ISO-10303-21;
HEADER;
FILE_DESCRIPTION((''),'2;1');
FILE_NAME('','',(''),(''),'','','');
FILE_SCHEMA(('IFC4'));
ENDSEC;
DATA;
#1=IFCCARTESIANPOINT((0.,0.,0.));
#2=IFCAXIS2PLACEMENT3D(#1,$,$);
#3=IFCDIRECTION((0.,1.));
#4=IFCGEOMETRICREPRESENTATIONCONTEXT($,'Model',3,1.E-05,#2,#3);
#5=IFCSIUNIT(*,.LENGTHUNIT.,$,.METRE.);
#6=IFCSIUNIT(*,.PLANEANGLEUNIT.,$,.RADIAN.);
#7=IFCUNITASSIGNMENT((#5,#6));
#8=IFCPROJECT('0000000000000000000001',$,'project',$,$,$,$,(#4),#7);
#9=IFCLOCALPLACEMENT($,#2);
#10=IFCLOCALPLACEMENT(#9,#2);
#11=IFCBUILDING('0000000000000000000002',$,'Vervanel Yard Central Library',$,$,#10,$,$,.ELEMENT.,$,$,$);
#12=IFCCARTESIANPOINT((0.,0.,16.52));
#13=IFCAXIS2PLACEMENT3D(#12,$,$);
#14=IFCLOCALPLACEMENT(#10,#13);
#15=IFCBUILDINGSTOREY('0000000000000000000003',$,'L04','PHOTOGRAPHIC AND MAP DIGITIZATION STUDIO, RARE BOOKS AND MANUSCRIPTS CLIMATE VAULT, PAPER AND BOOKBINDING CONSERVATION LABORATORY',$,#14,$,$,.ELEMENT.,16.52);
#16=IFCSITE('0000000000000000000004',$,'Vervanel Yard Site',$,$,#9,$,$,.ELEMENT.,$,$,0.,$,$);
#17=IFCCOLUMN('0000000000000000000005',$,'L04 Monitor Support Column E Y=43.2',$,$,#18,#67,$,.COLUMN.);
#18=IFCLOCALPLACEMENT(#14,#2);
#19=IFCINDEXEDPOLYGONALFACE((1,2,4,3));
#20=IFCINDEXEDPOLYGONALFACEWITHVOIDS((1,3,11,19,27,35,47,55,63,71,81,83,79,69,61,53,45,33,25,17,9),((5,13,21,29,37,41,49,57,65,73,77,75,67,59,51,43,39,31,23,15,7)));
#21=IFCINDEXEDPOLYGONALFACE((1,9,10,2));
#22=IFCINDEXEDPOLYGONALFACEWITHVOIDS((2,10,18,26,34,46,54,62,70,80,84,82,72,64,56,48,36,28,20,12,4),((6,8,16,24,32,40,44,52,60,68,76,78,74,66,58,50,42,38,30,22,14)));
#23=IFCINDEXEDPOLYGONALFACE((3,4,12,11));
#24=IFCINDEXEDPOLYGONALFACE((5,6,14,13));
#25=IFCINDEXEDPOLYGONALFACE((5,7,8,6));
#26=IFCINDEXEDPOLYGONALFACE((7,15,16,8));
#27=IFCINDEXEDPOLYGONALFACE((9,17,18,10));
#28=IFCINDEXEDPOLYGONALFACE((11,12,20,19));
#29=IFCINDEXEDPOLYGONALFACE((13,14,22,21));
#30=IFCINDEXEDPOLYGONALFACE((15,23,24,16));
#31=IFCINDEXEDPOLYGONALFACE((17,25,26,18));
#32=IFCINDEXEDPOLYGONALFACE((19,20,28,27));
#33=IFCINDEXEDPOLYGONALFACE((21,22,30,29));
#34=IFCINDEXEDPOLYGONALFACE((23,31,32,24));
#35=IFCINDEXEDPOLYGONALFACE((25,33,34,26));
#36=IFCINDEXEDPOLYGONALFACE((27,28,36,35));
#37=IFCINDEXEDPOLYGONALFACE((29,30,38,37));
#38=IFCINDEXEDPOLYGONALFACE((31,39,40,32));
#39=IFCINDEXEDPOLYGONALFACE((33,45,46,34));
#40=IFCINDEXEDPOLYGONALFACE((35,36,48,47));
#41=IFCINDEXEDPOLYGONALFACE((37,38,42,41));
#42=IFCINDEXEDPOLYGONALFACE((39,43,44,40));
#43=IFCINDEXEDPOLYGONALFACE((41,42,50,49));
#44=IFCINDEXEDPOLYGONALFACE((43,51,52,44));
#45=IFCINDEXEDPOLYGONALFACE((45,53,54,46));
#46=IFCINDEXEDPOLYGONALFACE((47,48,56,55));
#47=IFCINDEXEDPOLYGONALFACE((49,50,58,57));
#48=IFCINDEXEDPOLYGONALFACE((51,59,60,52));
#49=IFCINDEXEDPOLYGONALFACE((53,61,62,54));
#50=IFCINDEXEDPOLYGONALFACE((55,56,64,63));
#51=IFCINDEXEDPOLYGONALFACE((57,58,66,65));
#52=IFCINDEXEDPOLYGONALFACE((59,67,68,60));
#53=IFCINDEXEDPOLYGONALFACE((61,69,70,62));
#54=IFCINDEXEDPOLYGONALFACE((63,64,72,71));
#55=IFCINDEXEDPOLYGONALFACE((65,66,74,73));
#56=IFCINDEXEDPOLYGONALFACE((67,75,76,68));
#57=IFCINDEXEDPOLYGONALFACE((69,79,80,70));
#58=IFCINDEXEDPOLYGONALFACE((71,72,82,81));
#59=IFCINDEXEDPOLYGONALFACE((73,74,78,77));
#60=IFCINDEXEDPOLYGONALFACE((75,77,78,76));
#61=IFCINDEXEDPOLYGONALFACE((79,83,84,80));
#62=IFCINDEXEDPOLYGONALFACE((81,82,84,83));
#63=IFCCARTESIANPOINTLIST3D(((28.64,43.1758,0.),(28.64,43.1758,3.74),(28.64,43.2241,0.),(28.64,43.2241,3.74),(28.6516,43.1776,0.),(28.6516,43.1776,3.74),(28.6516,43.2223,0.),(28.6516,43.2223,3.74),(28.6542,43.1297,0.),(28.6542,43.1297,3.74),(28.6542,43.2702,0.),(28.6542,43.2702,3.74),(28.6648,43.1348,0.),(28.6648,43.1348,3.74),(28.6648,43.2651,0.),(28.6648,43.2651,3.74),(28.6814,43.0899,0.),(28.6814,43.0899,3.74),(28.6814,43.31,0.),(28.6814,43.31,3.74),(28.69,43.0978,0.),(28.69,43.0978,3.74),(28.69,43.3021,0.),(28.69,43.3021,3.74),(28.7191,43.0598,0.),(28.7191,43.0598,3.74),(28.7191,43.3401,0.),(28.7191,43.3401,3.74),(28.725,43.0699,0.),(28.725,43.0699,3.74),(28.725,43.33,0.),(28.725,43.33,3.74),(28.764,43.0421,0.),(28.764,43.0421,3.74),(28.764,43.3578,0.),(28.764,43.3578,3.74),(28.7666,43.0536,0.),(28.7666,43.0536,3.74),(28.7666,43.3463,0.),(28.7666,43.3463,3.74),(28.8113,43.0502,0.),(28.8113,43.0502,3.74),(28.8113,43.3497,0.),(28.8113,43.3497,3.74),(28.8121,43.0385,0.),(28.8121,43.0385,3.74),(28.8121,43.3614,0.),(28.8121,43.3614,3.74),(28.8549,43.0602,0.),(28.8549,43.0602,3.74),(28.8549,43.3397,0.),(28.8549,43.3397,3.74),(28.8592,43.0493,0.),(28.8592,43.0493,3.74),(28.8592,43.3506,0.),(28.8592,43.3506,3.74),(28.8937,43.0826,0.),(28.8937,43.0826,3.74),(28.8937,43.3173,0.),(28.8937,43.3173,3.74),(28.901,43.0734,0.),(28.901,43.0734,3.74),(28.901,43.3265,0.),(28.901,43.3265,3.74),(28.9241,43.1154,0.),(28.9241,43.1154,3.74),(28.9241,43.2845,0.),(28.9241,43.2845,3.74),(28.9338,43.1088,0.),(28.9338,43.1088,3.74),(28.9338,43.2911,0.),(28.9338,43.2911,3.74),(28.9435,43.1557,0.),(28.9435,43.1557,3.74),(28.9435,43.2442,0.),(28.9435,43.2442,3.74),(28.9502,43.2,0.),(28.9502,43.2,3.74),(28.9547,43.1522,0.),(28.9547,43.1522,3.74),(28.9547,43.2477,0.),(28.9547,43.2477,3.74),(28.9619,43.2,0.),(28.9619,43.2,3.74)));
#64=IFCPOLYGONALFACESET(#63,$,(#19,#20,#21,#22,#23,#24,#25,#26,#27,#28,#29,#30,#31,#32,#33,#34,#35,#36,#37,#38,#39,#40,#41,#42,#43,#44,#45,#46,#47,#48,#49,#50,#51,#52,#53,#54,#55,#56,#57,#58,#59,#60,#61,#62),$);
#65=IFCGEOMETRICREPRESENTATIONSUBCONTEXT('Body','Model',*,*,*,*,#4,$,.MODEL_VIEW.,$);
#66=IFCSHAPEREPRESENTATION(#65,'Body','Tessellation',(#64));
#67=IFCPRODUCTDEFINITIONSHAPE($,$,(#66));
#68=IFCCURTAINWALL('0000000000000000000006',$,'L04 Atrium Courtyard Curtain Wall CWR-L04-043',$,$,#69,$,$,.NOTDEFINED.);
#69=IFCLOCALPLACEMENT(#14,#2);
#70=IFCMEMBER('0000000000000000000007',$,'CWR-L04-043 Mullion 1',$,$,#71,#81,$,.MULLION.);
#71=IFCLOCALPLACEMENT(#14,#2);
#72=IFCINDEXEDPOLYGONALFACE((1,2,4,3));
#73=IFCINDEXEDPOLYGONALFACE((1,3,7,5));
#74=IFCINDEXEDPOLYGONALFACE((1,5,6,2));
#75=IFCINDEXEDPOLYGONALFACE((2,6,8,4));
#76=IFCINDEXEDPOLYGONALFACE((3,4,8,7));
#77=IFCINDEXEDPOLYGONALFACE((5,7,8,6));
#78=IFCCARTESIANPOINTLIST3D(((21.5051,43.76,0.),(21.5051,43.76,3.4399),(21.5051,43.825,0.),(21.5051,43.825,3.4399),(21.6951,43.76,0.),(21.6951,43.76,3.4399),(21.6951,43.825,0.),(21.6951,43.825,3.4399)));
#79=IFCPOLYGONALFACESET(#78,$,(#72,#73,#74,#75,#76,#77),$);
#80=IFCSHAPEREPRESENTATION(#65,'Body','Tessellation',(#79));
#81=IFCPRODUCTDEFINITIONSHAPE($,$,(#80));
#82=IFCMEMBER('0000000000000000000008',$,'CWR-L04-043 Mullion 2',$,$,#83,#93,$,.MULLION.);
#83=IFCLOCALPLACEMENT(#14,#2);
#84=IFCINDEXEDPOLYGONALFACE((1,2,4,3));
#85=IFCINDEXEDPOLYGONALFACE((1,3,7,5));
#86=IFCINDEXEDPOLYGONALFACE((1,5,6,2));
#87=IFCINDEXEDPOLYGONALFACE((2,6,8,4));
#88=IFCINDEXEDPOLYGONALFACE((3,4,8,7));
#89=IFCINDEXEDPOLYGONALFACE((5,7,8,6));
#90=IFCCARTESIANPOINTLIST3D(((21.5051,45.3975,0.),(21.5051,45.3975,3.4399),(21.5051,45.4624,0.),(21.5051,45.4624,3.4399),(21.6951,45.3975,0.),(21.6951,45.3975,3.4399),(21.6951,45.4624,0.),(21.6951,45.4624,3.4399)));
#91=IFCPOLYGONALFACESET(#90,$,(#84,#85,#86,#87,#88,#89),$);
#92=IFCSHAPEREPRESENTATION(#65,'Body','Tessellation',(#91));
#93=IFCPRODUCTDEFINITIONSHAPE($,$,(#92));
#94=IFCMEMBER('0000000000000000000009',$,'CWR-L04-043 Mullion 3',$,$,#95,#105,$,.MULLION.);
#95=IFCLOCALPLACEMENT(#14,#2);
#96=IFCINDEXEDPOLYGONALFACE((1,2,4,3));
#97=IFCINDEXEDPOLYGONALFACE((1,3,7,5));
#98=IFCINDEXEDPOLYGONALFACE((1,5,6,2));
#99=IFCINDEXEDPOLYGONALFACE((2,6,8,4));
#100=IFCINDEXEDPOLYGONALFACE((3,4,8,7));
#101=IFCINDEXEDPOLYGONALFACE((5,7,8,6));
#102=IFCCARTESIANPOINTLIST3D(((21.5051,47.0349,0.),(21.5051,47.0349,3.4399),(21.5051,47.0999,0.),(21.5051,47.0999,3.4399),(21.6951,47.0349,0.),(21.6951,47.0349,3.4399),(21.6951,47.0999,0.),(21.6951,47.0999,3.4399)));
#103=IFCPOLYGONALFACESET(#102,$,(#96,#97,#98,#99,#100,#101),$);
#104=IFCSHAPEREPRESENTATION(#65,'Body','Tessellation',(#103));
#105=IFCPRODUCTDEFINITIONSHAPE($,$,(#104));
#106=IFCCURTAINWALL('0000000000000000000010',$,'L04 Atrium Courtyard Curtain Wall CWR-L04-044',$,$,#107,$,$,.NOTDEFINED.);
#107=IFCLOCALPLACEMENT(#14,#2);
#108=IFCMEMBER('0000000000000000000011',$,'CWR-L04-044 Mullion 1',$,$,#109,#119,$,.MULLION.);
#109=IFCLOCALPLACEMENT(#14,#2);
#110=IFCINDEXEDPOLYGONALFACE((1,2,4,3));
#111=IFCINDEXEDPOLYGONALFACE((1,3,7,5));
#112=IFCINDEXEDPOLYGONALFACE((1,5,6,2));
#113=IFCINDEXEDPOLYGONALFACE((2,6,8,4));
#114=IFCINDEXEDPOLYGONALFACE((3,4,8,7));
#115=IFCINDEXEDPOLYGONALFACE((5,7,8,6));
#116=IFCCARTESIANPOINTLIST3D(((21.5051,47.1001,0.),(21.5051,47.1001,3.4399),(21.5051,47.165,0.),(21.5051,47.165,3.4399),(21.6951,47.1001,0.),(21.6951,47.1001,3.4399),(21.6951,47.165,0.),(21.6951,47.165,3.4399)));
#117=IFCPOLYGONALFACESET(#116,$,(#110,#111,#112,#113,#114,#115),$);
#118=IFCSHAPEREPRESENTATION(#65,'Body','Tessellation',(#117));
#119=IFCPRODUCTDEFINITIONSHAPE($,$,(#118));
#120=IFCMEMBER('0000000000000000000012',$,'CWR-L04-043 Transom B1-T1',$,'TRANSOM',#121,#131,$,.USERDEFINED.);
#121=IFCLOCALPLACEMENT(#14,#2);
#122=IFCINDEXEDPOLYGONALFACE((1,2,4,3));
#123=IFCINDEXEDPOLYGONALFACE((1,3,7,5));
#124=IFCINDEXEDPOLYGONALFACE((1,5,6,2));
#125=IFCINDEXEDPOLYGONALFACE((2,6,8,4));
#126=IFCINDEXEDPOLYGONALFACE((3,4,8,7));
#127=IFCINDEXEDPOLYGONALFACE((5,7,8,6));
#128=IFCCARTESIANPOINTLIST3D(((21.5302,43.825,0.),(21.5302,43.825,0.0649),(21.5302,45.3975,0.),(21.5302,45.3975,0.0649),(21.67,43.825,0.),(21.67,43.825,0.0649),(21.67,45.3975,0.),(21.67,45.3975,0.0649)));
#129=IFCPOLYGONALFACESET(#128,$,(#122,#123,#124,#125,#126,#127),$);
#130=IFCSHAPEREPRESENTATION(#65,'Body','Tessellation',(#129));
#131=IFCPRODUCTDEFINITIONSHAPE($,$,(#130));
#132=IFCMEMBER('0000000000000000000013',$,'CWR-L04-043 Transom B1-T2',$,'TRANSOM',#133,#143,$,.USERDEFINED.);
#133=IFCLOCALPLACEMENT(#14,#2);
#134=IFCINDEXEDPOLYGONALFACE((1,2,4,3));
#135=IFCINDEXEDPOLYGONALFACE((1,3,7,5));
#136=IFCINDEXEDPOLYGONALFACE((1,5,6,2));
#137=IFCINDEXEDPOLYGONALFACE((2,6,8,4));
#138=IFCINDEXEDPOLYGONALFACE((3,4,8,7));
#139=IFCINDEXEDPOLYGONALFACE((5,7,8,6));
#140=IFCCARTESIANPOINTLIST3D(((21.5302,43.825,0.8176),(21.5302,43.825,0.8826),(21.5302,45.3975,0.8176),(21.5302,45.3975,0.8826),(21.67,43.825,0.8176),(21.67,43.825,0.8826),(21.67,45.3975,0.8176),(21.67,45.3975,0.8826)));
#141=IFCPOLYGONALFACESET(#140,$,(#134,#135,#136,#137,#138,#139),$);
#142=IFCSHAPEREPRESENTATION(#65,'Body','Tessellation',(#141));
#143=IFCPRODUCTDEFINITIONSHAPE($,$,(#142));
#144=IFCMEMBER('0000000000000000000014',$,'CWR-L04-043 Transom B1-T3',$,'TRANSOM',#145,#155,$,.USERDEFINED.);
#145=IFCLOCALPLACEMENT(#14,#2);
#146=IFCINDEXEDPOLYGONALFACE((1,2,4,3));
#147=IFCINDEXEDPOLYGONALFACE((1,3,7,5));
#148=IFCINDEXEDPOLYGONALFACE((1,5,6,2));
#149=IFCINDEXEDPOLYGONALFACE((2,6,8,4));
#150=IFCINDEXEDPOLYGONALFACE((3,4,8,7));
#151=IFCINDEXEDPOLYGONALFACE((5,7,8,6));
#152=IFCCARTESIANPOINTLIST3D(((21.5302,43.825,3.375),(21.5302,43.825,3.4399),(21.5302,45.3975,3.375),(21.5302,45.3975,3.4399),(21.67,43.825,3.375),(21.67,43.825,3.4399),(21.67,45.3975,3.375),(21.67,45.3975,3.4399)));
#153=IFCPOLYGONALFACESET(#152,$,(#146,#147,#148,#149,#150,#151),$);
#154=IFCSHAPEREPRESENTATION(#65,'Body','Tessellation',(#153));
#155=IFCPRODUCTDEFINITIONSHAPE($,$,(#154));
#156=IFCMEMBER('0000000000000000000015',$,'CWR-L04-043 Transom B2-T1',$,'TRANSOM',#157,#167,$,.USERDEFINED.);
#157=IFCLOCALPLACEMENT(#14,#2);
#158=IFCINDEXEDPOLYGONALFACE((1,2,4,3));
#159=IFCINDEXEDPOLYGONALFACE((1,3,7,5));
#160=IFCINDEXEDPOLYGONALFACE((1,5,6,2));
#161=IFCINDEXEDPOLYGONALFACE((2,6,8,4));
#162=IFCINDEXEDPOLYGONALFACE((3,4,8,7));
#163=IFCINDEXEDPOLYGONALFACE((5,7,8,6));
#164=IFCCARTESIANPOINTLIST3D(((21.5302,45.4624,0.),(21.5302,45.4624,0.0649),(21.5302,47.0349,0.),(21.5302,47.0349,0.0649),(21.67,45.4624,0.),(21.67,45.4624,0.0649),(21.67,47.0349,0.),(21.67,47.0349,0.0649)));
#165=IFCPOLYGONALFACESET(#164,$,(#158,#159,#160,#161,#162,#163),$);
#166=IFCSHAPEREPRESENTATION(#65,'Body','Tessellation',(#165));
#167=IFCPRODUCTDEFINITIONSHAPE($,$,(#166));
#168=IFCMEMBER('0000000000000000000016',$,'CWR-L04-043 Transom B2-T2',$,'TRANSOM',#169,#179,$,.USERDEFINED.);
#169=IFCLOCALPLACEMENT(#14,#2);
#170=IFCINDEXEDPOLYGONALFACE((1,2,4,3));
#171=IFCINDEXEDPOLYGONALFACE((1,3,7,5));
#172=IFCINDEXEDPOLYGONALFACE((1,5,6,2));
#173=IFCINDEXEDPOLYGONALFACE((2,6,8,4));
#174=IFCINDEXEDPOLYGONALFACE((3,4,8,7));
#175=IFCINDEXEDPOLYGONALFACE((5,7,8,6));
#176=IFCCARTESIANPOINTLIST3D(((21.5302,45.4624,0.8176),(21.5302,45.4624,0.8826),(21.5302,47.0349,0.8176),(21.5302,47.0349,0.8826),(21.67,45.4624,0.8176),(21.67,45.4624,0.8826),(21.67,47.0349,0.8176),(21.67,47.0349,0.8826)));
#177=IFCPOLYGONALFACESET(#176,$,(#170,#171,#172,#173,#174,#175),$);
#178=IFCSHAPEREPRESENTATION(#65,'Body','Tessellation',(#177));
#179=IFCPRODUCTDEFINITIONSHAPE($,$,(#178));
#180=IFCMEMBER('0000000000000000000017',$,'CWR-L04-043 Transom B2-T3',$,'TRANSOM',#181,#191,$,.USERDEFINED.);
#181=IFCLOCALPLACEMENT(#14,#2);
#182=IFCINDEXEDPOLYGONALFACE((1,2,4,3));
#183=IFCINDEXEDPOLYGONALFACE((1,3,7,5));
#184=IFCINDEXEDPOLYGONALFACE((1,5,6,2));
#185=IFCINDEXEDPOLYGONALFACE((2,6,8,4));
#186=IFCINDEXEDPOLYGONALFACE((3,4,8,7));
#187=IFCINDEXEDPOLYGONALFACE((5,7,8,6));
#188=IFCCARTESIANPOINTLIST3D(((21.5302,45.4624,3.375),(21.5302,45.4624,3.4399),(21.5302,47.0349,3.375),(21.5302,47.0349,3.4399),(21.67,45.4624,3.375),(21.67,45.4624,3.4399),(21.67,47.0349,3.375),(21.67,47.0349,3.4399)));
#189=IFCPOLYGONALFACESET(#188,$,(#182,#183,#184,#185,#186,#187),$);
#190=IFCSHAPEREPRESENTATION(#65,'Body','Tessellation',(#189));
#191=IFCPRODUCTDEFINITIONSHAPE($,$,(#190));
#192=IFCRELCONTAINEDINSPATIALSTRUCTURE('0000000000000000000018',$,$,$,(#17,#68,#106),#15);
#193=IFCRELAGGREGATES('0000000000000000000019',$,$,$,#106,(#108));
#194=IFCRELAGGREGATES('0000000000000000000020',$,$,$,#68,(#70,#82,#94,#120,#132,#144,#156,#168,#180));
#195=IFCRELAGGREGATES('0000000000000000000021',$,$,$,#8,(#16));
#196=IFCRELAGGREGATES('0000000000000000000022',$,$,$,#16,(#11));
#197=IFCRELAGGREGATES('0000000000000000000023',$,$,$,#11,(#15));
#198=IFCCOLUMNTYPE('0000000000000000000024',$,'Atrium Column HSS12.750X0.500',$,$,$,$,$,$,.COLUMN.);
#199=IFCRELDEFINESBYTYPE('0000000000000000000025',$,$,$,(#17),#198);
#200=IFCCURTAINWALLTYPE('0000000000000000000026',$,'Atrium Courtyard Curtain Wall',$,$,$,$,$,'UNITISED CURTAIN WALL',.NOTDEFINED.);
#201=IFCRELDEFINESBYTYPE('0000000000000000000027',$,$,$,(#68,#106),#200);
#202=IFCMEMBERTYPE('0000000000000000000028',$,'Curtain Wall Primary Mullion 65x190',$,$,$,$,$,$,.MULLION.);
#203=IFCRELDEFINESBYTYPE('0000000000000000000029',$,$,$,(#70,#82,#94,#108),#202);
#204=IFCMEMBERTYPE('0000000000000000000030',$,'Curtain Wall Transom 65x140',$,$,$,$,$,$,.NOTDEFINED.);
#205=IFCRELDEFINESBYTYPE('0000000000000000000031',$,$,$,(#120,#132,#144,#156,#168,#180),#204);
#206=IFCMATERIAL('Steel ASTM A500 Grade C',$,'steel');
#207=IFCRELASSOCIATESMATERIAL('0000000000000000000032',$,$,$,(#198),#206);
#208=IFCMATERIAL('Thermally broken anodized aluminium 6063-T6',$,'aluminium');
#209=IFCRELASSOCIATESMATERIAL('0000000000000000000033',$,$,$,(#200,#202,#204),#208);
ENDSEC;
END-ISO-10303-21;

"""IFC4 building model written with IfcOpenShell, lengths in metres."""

from ifc_helpers import new_model, si_unit, direction, frame, origin, origin_2d, place, context, subcontext, project, spatial, rectangle, hollow_circle, extrude, material, material_profile, profile_set, type_object, element, aggregate, save


model = new_model("IFC4")

# Units and contexts
model_context = context("Model", 3, precision=1e-05, world=origin(), true_north=direction((0.0, 1.0)))
body_context = subcontext(model_context, "Body", "Model", "MODEL_VIEW")
ifc_project = project(units=[si_unit("LENGTHUNIT", "METRE"), si_unit("PLANEANGLEUNIT", "RADIAN")], contexts=[model_context])

# Site, building, storey
site_placement = place(None, origin())
site = spatial("IfcSite", under=ifc_project, at=site_placement, Name="Vervanel Yard Site", CompositionType="ELEMENT", RefElevation=0.0)
building_placement = place(site_placement, origin())
building = spatial("IfcBuilding", under=site, at=building_placement, Name="Vervanel Yard Central Library", CompositionType="ELEMENT")
storey_placement = place(building_placement, frame((0.0, 0.0, 16.52)))
storey = spatial("IfcBuildingStorey", under=building, at=storey_placement, Name="L04", Description="PHOTOGRAPHIC AND MAP DIGITIZATION STUDIO, RARE BOOKS AND MANUSCRIPTS CLIMATE VAULT, PAPER AND BOOKBINDING CONSERVATION LABORATORY", CompositionType="ELEMENT", Elevation=16.52)

# Column
ifc_material_1 = material(Name="Steel ASTM A500 Grade C", Category="steel")
ifc_material_profile_1 = material_profile(ifc_material_1, hollow_circle(Radius=0.1619, WallThickness=0.0117, at=origin_2d()), Name="HSS12.750X0.500", Category="steel")
ifc_profile_set_1 = profile_set([ifc_material_profile_1], Name="Steel ASTM A500 Grade C")
column_type = type_object("IfcColumnType", Name="Atrium Column HSS12.750X0.500", PredefinedType="COLUMN", material=ifc_profile_set_1)
column_placement = place(storey_placement, frame((28.8, 43.2, 0.0), z_axis=(0.0, 0.0, 1.0), x_axis=(1.0, 0.0, 0.0)))
element("IfcColumn", 1, at=column_placement, inside=storey, type_object=column_type, Name="L04 Monitor Support Column E Y=43.2", PredefinedType="COLUMN", context=body_context, shape_type="SweptSolid", body=[
    extrude(hollow_circle(Radius=0.1619, WallThickness=0.0117, at=origin_2d()), origin(), (0.0, 0.0, 1.0), 3.74),
])

# Curtain wall, members
ifc_material_2 = material(Name="Thermally broken anodized aluminium 6063-T6", Category="aluminium")
curtain_wall_type = type_object("IfcCurtainWallType", Name="Atrium Courtyard Curtain Wall", ElementType="UNITISED CURTAIN WALL", PredefinedType="NOTDEFINED", material=ifc_material_2)
curtain_wall_1_placement = place(storey_placement, origin())
curtain_wall_1 = element("IfcCurtainWall", 2, at=curtain_wall_1_placement, inside=storey, type_object=curtain_wall_type, Name="L04 Atrium Courtyard Curtain Wall CWR-L04-043", PredefinedType="NOTDEFINED")
ifc_material_profile_2 = material_profile(ifc_material_2, rectangle(XDim=0.0649, YDim=0.1899, at=origin_2d()), Name="ALU 65x190", Category="aluminium")
ifc_profile_set_2 = profile_set([ifc_material_profile_2], Name="Thermally broken anodized aluminium 6063-T6")
member_type_1 = type_object("IfcMemberType", Name="Curtain Wall Primary Mullion 65x190", PredefinedType="MULLION", material=ifc_profile_set_2)
member_1_placement = place(storey_placement, frame((21.6001, 43.7925, 0.0), z_axis=(0.0, 0.0, 1.0), x_axis=(0.0, 1.0, 0.0)))
member_1 = element("IfcMember", 3, at=member_1_placement, type_object=member_type_1, Name="CWR-L04-043 Mullion 1", PredefinedType="MULLION", context=body_context, shape_type="SweptSolid", body=[
    extrude(rectangle(XDim=0.0649, YDim=0.1899, at=origin_2d()), origin(), (0.0, 0.0, 1.0), 3.4399),
])
member_2_placement = place(storey_placement, frame((21.6001, 45.4299, 0.0), z_axis=(0.0, 0.0, 1.0), x_axis=(0.0, 1.0, 0.0)))
member_2 = element("IfcMember", 4, at=member_2_placement, type_object=member_type_1, Name="CWR-L04-043 Mullion 2", PredefinedType="MULLION", context=body_context, shape_type="SweptSolid", body=[
    extrude(rectangle(XDim=0.0649, YDim=0.1899, at=origin_2d()), origin(), (0.0, 0.0, 1.0), 3.4399),
])
member_3_placement = place(storey_placement, frame((21.6001, 47.0674, 0.0), z_axis=(0.0, 0.0, 1.0), x_axis=(0.0, 1.0, 0.0)))
member_3 = element("IfcMember", 5, at=member_3_placement, type_object=member_type_1, Name="CWR-L04-043 Mullion 3", PredefinedType="MULLION", context=body_context, shape_type="SweptSolid", body=[
    extrude(rectangle(XDim=0.0649, YDim=0.1899, at=origin_2d()), origin(), (0.0, 0.0, 1.0), 3.4399),
])

# Curtain wall, member
curtain_wall_2_placement = place(storey_placement, origin())
curtain_wall_2 = element("IfcCurtainWall", 6, at=curtain_wall_2_placement, inside=storey, type_object=curtain_wall_type, Name="L04 Atrium Courtyard Curtain Wall CWR-L04-044", PredefinedType="NOTDEFINED")
member_4_placement = place(storey_placement, frame((21.6001, 47.1326, 0.0), z_axis=(0.0, 0.0, 1.0), x_axis=(0.0, 1.0, 0.0)))
member_4 = element("IfcMember", 7, at=member_4_placement, type_object=member_type_1, Name="CWR-L04-044 Mullion 1", PredefinedType="MULLION", context=body_context, shape_type="SweptSolid", body=[
    extrude(rectangle(XDim=0.0649, YDim=0.1899, at=origin_2d()), origin(), (0.0, 0.0, 1.0), 3.4399),
])

# Members
ifc_material_profile_3 = material_profile(ifc_material_2, rectangle(XDim=0.0649, YDim=0.1399, at=origin_2d()), Name="ALU 65x140", Category="aluminium")
ifc_profile_set_3 = profile_set([ifc_material_profile_3], Name="Thermally broken anodized aluminium 6063-T6")
member_type_2 = type_object("IfcMemberType", Name="Curtain Wall Transom 65x140", PredefinedType="NOTDEFINED", material=ifc_profile_set_3)
member_5_placement = place(storey_placement, frame((21.6001, 43.825, 0.0325), z_axis=(0.0, 1.0, 0.0), x_axis=(0.0, 0.0, 1.0)))
member_5 = element("IfcMember", 8, at=member_5_placement, type_object=member_type_2, Name="CWR-L04-043 Transom B1-T1", ObjectType="TRANSOM", PredefinedType="USERDEFINED", context=body_context, shape_type="SweptSolid", body=[
    extrude(rectangle(XDim=0.0649, YDim=0.1399, at=origin_2d()), origin(), (0.0, 0.0, 1.0), 1.5725),
])
member_6_placement = place(storey_placement, frame((21.6001, 43.825, 0.8501), z_axis=(0.0, 1.0, 0.0), x_axis=(0.0, 0.0, 1.0)))
member_6 = element("IfcMember", 9, at=member_6_placement, type_object=member_type_2, Name="CWR-L04-043 Transom B1-T2", ObjectType="TRANSOM", PredefinedType="USERDEFINED", context=body_context, shape_type="SweptSolid", body=[
    extrude(rectangle(XDim=0.0649, YDim=0.1399, at=origin_2d()), origin(), (0.0, 0.0, 1.0), 1.5725),
])
member_7_placement = place(storey_placement, frame((21.6001, 43.825, 3.4075), z_axis=(0.0, 1.0, 0.0), x_axis=(0.0, 0.0, 1.0)))
member_7 = element("IfcMember", 10, at=member_7_placement, type_object=member_type_2, Name="CWR-L04-043 Transom B1-T3", ObjectType="TRANSOM", PredefinedType="USERDEFINED", context=body_context, shape_type="SweptSolid", body=[
    extrude(rectangle(XDim=0.0649, YDim=0.1399, at=origin_2d()), origin(), (0.0, 0.0, 1.0), 1.5725),
])
member_8_placement = place(storey_placement, frame((21.6001, 45.4624, 0.0325), z_axis=(0.0, 1.0, 0.0), x_axis=(0.0, 0.0, 1.0)))
member_8 = element("IfcMember", 11, at=member_8_placement, type_object=member_type_2, Name="CWR-L04-043 Transom B2-T1", ObjectType="TRANSOM", PredefinedType="USERDEFINED", context=body_context, shape_type="SweptSolid", body=[
    extrude(rectangle(XDim=0.0649, YDim=0.1399, at=origin_2d()), origin(), (0.0, 0.0, 1.0), 1.5725),
])
member_9_placement = place(storey_placement, frame((21.6001, 45.4624, 0.8501), z_axis=(0.0, 1.0, 0.0), x_axis=(0.0, 0.0, 1.0)))
member_9 = element("IfcMember", 12, at=member_9_placement, type_object=member_type_2, Name="CWR-L04-043 Transom B2-T2", ObjectType="TRANSOM", PredefinedType="USERDEFINED", context=body_context, shape_type="SweptSolid", body=[
    extrude(rectangle(XDim=0.0649, YDim=0.1399, at=origin_2d()), origin(), (0.0, 0.0, 1.0), 1.5725),
])
member_10_placement = place(storey_placement, frame((21.6001, 45.4624, 3.4075), z_axis=(0.0, 1.0, 0.0), x_axis=(0.0, 0.0, 1.0)))
member_10 = element("IfcMember", 13, at=member_10_placement, type_object=member_type_2, Name="CWR-L04-043 Transom B2-T3", ObjectType="TRANSOM", PredefinedType="USERDEFINED", context=body_context, shape_type="SweptSolid", body=[
    extrude(rectangle(XDim=0.0649, YDim=0.1399, at=origin_2d()), origin(), (0.0, 0.0, 1.0), 1.5725),
])
aggregate(curtain_wall_2, [member_4])

aggregate(curtain_wall_1, [member_1, member_2, member_3, member_5, member_6, member_7, member_8, member_9, member_10])

save(model, "model.ifc")
